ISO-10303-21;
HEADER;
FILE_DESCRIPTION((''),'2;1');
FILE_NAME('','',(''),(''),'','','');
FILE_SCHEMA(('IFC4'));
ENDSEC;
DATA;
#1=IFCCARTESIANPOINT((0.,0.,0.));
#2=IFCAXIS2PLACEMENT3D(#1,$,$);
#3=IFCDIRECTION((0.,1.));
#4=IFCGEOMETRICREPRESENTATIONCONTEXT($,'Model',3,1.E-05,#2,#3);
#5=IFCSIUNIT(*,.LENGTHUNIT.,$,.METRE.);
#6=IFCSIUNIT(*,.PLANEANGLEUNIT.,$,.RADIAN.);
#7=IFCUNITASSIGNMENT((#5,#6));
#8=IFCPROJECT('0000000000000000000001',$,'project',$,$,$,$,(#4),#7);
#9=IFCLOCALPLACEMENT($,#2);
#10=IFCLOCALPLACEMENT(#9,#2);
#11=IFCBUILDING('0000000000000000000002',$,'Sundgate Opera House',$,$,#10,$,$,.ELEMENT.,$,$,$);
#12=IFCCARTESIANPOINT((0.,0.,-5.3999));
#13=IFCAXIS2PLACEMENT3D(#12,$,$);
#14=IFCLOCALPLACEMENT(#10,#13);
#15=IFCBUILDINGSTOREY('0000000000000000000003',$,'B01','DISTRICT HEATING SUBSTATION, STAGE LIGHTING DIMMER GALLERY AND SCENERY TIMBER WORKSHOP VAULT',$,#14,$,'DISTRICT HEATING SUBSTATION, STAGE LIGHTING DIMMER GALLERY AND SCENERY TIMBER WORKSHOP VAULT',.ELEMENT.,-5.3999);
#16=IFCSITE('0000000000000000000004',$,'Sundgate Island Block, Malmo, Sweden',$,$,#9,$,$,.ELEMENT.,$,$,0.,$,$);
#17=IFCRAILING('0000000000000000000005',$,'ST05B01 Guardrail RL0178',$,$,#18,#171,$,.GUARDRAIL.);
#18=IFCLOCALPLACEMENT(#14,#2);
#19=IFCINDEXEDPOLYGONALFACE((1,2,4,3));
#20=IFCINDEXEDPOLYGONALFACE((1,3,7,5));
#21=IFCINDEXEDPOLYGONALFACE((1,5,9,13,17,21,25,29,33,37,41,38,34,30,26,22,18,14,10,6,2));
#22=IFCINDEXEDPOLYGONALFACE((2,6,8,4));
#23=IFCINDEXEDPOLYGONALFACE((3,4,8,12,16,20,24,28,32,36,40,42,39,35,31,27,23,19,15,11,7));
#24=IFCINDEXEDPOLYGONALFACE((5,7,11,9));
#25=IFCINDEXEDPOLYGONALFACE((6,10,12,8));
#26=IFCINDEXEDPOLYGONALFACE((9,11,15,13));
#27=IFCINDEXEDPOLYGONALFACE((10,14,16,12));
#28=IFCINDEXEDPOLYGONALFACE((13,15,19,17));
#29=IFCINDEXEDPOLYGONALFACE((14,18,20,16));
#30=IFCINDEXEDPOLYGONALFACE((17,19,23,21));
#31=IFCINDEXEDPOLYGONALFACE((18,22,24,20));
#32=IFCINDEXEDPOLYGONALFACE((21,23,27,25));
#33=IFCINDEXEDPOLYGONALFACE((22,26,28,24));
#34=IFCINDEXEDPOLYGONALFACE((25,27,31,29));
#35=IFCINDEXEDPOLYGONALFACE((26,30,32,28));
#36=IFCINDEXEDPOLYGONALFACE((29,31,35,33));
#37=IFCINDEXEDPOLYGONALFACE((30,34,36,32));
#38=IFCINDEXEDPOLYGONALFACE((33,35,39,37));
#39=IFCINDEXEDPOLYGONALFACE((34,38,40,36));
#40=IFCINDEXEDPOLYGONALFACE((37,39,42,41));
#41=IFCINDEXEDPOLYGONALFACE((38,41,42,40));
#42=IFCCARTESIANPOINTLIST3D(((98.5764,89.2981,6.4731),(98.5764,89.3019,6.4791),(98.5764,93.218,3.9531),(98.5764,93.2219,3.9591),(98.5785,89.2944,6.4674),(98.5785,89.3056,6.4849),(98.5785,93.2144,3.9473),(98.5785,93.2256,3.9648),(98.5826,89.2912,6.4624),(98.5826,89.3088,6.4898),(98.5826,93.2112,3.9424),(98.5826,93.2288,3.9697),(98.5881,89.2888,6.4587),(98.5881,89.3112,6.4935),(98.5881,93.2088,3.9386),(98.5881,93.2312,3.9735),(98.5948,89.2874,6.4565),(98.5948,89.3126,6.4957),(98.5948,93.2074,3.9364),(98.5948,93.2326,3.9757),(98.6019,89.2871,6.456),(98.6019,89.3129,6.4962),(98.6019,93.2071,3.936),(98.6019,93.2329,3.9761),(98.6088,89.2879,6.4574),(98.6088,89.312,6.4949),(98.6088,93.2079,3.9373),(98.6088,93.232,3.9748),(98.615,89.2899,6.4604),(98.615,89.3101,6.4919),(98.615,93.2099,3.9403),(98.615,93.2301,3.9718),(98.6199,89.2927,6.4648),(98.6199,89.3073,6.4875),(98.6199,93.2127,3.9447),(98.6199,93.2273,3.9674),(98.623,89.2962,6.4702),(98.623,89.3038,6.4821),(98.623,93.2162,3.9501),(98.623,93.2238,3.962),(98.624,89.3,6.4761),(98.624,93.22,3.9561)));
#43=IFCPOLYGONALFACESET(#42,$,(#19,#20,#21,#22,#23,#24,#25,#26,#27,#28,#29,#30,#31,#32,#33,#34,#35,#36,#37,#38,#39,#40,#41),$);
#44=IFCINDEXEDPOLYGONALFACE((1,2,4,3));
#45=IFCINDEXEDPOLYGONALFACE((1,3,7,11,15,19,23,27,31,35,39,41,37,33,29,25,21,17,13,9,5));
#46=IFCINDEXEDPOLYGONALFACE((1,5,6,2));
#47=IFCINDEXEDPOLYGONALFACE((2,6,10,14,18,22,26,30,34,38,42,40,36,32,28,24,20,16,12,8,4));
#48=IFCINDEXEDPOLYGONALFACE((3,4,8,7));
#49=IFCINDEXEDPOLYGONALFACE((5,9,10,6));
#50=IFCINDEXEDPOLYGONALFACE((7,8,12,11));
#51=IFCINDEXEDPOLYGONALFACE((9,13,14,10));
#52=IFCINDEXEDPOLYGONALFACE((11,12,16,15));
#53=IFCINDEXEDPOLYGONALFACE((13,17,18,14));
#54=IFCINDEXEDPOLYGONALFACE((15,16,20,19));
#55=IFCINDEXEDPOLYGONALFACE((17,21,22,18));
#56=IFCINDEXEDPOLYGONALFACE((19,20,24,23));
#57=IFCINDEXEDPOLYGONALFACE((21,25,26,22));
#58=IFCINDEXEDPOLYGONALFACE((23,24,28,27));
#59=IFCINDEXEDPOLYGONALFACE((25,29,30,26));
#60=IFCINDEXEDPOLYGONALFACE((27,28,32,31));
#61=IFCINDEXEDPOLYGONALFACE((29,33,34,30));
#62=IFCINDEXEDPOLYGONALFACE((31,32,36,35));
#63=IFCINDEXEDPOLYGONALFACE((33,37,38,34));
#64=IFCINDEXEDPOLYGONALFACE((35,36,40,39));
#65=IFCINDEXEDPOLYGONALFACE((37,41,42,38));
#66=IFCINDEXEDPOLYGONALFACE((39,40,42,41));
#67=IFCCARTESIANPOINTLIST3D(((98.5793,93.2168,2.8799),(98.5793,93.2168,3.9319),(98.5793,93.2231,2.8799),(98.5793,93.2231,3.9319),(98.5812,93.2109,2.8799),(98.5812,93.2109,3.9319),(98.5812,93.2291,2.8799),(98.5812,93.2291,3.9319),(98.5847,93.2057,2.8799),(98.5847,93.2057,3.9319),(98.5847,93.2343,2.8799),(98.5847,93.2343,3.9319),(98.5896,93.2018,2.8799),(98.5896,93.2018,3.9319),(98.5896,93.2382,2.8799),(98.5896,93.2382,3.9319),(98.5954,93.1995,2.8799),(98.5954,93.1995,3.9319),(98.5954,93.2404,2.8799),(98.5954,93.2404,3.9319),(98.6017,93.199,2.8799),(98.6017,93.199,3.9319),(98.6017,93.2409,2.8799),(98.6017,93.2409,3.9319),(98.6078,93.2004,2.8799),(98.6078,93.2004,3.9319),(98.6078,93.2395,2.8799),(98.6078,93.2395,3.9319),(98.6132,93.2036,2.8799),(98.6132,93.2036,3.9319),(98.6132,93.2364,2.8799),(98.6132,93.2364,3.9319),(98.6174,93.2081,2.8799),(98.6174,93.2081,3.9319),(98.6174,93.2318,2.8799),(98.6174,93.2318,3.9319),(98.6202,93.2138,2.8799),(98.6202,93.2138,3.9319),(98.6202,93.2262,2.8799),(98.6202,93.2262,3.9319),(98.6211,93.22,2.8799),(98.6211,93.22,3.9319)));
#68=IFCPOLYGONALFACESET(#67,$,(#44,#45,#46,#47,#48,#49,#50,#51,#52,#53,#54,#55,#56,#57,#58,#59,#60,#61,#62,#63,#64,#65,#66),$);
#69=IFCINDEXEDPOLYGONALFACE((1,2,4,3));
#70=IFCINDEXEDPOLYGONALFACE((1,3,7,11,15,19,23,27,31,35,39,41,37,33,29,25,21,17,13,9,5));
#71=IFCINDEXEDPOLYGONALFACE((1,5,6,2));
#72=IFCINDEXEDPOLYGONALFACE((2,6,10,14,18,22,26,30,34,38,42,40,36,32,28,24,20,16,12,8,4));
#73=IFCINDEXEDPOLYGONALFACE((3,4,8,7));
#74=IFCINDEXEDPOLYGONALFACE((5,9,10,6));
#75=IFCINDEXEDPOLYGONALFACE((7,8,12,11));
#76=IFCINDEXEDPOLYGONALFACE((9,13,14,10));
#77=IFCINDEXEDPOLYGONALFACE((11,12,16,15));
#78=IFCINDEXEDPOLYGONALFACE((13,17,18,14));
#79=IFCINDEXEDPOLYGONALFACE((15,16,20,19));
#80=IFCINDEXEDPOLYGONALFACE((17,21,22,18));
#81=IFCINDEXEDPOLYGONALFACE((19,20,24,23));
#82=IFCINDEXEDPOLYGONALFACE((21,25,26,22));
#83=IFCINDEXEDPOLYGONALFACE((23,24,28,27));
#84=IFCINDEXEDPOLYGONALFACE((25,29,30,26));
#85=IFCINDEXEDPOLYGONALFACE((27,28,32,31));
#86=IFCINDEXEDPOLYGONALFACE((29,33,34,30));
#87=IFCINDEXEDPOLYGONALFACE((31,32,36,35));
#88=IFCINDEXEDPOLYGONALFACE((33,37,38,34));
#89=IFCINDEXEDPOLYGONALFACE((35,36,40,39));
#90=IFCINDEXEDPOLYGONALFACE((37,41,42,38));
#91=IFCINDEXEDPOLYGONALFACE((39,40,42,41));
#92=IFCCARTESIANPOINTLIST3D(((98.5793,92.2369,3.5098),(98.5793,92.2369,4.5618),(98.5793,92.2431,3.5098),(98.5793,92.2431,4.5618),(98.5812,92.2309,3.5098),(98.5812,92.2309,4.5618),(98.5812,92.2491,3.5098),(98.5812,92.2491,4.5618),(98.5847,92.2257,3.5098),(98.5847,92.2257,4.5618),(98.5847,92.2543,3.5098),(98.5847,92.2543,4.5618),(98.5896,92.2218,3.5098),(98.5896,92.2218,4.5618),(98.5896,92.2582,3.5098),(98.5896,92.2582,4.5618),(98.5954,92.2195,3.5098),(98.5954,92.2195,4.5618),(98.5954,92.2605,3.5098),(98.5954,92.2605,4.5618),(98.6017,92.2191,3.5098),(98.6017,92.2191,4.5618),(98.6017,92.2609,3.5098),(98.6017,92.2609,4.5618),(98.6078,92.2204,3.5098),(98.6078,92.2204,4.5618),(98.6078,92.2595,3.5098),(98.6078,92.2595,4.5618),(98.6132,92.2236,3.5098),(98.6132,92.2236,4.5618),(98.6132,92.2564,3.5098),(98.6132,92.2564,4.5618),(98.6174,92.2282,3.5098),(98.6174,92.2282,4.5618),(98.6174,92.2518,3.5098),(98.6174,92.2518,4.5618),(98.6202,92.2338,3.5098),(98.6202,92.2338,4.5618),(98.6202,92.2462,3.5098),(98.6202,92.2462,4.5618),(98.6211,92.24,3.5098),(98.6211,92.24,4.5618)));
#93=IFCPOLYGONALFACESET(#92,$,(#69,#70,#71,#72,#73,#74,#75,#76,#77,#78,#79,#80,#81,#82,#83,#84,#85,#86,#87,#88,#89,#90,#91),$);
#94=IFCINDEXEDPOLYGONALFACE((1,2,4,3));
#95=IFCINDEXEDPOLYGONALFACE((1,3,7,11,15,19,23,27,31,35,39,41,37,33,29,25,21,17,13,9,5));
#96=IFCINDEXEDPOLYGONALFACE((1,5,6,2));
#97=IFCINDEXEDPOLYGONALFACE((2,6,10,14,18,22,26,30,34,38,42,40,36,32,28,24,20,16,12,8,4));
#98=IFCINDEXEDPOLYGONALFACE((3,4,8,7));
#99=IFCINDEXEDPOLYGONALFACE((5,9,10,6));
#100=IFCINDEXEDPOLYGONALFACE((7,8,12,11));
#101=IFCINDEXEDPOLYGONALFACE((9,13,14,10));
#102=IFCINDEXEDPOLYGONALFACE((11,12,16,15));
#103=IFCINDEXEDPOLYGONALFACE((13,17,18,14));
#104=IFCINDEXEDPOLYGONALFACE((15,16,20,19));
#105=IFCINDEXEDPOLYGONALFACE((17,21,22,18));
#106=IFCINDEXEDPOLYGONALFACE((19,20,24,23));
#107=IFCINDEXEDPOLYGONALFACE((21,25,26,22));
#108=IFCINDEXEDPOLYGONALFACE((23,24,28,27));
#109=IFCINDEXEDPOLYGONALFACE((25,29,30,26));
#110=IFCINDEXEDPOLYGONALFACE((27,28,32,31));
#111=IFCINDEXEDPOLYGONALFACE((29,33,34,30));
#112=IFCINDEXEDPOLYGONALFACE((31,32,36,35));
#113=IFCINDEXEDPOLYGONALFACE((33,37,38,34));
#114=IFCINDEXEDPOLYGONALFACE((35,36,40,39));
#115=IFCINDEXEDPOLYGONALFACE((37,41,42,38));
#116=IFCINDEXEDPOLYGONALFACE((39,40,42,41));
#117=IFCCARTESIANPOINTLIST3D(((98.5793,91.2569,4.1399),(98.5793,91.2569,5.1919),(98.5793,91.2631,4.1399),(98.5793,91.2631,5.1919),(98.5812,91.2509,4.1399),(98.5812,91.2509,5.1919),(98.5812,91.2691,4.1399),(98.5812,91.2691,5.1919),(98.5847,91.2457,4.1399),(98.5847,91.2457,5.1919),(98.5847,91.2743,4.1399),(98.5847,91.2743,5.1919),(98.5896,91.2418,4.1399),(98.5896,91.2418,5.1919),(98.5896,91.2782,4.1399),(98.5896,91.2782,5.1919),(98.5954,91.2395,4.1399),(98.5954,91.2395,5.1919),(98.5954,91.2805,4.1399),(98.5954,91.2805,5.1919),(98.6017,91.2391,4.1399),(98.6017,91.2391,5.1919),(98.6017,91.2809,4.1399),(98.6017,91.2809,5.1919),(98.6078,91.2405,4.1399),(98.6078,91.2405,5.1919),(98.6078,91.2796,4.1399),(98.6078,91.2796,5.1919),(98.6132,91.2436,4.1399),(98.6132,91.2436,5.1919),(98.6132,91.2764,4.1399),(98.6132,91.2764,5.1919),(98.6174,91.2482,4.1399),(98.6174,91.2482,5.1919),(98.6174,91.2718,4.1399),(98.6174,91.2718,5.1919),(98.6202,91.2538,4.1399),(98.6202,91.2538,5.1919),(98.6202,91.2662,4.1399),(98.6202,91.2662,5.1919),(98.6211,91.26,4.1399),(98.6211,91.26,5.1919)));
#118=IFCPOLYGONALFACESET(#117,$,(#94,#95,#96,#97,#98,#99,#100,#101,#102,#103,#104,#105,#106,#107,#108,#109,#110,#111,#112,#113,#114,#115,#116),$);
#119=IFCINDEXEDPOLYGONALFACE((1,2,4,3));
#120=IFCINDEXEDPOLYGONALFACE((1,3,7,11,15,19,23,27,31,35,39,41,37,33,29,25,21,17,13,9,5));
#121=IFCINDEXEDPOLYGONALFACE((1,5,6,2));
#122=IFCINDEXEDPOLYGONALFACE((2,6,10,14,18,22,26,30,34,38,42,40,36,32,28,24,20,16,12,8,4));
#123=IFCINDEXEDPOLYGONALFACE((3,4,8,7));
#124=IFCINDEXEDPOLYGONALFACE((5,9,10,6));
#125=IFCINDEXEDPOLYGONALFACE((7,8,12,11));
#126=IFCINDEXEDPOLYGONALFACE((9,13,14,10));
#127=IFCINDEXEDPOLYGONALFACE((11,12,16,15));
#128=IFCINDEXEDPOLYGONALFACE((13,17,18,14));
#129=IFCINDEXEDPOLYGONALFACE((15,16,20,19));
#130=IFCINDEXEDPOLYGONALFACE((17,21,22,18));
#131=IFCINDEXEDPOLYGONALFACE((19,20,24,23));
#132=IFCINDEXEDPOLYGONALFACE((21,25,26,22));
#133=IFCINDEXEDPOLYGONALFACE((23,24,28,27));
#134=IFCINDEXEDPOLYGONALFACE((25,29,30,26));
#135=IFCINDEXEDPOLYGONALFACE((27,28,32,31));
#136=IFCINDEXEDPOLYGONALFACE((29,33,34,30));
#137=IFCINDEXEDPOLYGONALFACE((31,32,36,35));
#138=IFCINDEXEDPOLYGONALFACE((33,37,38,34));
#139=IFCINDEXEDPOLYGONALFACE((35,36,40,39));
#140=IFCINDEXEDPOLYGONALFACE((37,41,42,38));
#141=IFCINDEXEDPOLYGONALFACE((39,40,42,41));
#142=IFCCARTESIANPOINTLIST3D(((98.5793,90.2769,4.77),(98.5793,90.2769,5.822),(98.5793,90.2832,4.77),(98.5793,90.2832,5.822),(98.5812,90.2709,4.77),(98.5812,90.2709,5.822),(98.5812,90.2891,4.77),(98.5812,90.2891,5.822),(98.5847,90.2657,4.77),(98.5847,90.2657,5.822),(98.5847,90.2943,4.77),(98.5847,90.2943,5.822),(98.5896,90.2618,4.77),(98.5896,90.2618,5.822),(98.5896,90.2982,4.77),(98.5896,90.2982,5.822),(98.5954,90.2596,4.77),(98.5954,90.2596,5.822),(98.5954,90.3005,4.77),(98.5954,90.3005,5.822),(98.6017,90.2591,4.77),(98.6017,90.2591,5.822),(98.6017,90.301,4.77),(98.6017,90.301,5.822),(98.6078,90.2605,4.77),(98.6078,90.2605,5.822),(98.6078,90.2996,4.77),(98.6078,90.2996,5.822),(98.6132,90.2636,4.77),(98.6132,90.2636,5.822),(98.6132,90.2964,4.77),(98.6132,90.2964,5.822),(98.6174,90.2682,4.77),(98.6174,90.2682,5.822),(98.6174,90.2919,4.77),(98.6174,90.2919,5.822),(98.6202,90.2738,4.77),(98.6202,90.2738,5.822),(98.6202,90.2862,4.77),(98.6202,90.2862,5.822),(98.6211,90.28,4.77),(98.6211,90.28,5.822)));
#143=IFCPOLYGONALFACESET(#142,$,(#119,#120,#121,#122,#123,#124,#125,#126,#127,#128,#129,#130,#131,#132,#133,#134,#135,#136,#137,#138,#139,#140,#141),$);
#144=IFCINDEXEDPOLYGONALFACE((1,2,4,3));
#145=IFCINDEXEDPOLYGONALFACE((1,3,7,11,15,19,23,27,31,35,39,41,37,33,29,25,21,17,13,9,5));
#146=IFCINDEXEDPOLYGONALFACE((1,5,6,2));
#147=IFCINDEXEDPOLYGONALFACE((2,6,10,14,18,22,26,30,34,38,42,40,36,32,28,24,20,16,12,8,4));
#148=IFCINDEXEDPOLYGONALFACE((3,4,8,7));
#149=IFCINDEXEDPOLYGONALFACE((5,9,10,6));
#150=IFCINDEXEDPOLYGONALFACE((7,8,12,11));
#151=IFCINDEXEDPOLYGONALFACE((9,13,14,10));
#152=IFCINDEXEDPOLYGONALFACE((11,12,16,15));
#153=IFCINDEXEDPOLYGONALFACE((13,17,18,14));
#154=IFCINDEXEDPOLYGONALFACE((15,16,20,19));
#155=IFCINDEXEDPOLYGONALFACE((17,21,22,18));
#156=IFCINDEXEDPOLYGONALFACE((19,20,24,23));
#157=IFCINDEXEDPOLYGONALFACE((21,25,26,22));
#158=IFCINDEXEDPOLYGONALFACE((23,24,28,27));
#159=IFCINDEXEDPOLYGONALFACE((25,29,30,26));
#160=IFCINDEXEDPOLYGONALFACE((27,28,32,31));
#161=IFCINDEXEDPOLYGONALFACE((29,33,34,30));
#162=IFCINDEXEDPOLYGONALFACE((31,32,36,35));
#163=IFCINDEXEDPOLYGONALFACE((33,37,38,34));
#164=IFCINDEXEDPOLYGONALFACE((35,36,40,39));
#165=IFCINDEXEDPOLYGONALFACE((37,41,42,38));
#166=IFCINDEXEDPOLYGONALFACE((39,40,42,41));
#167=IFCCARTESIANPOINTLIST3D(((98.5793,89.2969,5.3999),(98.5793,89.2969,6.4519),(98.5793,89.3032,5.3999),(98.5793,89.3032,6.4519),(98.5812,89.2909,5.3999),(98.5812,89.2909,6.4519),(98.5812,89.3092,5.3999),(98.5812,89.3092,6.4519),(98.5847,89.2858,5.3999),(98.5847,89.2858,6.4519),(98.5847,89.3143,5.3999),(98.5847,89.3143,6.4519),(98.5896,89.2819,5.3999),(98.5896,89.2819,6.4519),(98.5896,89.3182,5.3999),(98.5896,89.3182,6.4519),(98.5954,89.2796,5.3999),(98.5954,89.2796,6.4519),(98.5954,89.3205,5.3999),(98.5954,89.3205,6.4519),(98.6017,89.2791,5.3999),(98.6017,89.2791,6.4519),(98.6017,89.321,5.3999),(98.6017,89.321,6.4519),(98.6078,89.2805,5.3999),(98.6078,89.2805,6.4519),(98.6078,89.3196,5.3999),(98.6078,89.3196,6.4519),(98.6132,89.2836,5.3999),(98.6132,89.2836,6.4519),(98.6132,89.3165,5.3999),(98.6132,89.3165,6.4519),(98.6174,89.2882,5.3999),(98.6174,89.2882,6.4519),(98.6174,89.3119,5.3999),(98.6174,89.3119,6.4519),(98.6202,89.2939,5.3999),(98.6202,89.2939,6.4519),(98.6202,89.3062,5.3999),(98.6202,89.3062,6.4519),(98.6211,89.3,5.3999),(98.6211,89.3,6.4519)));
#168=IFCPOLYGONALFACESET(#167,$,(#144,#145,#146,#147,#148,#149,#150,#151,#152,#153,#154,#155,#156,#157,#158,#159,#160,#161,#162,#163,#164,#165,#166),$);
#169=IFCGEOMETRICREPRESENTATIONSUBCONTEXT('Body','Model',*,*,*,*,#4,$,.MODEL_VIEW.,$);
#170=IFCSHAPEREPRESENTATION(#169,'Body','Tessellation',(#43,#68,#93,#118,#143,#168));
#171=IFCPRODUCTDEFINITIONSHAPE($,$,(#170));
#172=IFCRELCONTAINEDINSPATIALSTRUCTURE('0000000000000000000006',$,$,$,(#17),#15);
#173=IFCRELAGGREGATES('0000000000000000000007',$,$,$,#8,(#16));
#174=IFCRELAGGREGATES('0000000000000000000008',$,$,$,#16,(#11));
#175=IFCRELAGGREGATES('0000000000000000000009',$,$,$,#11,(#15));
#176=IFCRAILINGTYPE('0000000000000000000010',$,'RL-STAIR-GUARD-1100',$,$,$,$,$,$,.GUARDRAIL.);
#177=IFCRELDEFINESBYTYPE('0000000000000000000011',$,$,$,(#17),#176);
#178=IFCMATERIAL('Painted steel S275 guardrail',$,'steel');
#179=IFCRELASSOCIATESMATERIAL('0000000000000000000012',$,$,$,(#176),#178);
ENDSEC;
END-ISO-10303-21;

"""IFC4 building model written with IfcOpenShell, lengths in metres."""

from ifc_helpers import new_model, si_unit, direction, frame, origin, origin_2d, place, context, subcontext, project, spatial, circle, extrude, material, type_object, element, save


model = new_model("IFC4")

# Units and contexts
model_context = context("Model", 3, precision=1e-05, world=origin(), true_north=direction((0.0, 1.0)))
body_context = subcontext(model_context, "Body", "Model", "MODEL_VIEW")
ifc_project = project(units=[si_unit("LENGTHUNIT", "METRE"), si_unit("PLANEANGLEUNIT", "RADIAN")], contexts=[model_context])

# Site, building, storey
site_placement = place(None, origin())
site = spatial("IfcSite", under=ifc_project, at=site_placement, Name="Sundgate Island Block, Malmo, Sweden", CompositionType="ELEMENT", RefElevation=0.0)
building_placement = place(site_placement, origin())
building = spatial("IfcBuilding", under=site, at=building_placement, Name="Sundgate Opera House", CompositionType="ELEMENT")
storey_placement = place(building_placement, frame((0.0, 0.0, -5.3999)))
storey = spatial("IfcBuildingStorey", under=building, at=storey_placement, Name="B01", Description="DISTRICT HEATING SUBSTATION, STAGE LIGHTING DIMMER GALLERY AND SCENERY TIMBER WORKSHOP VAULT", LongName="DISTRICT HEATING SUBSTATION, STAGE LIGHTING DIMMER GALLERY AND SCENERY TIMBER WORKSHOP VAULT", CompositionType="ELEMENT", Elevation=-5.3999)

# Railing
ifc_material_1 = material(Name="Painted steel S275 guardrail", Category="steel")
railing_type_1 = type_object("IfcRailingType", Name="RL-STAIR-GUARD-1100", PredefinedType="GUARDRAIL", material=ifc_material_1)
railing_1_placement = place(storey_placement, frame((98.6001, 93.22, 2.8799)))
element("IfcRailing", 1, at=railing_1_placement, inside=storey, type_object=railing_type_1, Name="ST05B01 Guardrail RL0178", PredefinedType="GUARDRAIL", context=body_context, shape_type="SweptSolid", body=[
    extrude(circle(Radius=0.0239, at=origin_2d()), frame((0.0, 0.0, 1.0762), z_axis=(0.0, -0.841172, 0.540768), x_axis=(1.0, 0.0, 0.0)), (0.0, 0.0, 1.0), 4.6602),
    extrude(circle(Radius=0.021, at=origin_2d()), origin(), (0.0, 0.0, 1.0), 1.052),
    extrude(circle(Radius=0.021, at=origin_2d()), frame((0.0, -0.98, 0.6299)), (0.0, 0.0, 1.0), 1.052),
    extrude(circle(Radius=0.021, at=origin_2d()), frame((0.0, -1.96, 1.26)), (0.0, 0.0, 1.0), 1.052),
    extrude(circle(Radius=0.021, at=origin_2d()), frame((0.0, -2.9399, 1.8901)), (0.0, 0.0, 1.0), 1.052),
    extrude(circle(Radius=0.021, at=origin_2d()), frame((0.0, -3.9199, 2.52)), (0.0, 0.0, 1.0), 1.052),
])

save(model, "model.ifc")
